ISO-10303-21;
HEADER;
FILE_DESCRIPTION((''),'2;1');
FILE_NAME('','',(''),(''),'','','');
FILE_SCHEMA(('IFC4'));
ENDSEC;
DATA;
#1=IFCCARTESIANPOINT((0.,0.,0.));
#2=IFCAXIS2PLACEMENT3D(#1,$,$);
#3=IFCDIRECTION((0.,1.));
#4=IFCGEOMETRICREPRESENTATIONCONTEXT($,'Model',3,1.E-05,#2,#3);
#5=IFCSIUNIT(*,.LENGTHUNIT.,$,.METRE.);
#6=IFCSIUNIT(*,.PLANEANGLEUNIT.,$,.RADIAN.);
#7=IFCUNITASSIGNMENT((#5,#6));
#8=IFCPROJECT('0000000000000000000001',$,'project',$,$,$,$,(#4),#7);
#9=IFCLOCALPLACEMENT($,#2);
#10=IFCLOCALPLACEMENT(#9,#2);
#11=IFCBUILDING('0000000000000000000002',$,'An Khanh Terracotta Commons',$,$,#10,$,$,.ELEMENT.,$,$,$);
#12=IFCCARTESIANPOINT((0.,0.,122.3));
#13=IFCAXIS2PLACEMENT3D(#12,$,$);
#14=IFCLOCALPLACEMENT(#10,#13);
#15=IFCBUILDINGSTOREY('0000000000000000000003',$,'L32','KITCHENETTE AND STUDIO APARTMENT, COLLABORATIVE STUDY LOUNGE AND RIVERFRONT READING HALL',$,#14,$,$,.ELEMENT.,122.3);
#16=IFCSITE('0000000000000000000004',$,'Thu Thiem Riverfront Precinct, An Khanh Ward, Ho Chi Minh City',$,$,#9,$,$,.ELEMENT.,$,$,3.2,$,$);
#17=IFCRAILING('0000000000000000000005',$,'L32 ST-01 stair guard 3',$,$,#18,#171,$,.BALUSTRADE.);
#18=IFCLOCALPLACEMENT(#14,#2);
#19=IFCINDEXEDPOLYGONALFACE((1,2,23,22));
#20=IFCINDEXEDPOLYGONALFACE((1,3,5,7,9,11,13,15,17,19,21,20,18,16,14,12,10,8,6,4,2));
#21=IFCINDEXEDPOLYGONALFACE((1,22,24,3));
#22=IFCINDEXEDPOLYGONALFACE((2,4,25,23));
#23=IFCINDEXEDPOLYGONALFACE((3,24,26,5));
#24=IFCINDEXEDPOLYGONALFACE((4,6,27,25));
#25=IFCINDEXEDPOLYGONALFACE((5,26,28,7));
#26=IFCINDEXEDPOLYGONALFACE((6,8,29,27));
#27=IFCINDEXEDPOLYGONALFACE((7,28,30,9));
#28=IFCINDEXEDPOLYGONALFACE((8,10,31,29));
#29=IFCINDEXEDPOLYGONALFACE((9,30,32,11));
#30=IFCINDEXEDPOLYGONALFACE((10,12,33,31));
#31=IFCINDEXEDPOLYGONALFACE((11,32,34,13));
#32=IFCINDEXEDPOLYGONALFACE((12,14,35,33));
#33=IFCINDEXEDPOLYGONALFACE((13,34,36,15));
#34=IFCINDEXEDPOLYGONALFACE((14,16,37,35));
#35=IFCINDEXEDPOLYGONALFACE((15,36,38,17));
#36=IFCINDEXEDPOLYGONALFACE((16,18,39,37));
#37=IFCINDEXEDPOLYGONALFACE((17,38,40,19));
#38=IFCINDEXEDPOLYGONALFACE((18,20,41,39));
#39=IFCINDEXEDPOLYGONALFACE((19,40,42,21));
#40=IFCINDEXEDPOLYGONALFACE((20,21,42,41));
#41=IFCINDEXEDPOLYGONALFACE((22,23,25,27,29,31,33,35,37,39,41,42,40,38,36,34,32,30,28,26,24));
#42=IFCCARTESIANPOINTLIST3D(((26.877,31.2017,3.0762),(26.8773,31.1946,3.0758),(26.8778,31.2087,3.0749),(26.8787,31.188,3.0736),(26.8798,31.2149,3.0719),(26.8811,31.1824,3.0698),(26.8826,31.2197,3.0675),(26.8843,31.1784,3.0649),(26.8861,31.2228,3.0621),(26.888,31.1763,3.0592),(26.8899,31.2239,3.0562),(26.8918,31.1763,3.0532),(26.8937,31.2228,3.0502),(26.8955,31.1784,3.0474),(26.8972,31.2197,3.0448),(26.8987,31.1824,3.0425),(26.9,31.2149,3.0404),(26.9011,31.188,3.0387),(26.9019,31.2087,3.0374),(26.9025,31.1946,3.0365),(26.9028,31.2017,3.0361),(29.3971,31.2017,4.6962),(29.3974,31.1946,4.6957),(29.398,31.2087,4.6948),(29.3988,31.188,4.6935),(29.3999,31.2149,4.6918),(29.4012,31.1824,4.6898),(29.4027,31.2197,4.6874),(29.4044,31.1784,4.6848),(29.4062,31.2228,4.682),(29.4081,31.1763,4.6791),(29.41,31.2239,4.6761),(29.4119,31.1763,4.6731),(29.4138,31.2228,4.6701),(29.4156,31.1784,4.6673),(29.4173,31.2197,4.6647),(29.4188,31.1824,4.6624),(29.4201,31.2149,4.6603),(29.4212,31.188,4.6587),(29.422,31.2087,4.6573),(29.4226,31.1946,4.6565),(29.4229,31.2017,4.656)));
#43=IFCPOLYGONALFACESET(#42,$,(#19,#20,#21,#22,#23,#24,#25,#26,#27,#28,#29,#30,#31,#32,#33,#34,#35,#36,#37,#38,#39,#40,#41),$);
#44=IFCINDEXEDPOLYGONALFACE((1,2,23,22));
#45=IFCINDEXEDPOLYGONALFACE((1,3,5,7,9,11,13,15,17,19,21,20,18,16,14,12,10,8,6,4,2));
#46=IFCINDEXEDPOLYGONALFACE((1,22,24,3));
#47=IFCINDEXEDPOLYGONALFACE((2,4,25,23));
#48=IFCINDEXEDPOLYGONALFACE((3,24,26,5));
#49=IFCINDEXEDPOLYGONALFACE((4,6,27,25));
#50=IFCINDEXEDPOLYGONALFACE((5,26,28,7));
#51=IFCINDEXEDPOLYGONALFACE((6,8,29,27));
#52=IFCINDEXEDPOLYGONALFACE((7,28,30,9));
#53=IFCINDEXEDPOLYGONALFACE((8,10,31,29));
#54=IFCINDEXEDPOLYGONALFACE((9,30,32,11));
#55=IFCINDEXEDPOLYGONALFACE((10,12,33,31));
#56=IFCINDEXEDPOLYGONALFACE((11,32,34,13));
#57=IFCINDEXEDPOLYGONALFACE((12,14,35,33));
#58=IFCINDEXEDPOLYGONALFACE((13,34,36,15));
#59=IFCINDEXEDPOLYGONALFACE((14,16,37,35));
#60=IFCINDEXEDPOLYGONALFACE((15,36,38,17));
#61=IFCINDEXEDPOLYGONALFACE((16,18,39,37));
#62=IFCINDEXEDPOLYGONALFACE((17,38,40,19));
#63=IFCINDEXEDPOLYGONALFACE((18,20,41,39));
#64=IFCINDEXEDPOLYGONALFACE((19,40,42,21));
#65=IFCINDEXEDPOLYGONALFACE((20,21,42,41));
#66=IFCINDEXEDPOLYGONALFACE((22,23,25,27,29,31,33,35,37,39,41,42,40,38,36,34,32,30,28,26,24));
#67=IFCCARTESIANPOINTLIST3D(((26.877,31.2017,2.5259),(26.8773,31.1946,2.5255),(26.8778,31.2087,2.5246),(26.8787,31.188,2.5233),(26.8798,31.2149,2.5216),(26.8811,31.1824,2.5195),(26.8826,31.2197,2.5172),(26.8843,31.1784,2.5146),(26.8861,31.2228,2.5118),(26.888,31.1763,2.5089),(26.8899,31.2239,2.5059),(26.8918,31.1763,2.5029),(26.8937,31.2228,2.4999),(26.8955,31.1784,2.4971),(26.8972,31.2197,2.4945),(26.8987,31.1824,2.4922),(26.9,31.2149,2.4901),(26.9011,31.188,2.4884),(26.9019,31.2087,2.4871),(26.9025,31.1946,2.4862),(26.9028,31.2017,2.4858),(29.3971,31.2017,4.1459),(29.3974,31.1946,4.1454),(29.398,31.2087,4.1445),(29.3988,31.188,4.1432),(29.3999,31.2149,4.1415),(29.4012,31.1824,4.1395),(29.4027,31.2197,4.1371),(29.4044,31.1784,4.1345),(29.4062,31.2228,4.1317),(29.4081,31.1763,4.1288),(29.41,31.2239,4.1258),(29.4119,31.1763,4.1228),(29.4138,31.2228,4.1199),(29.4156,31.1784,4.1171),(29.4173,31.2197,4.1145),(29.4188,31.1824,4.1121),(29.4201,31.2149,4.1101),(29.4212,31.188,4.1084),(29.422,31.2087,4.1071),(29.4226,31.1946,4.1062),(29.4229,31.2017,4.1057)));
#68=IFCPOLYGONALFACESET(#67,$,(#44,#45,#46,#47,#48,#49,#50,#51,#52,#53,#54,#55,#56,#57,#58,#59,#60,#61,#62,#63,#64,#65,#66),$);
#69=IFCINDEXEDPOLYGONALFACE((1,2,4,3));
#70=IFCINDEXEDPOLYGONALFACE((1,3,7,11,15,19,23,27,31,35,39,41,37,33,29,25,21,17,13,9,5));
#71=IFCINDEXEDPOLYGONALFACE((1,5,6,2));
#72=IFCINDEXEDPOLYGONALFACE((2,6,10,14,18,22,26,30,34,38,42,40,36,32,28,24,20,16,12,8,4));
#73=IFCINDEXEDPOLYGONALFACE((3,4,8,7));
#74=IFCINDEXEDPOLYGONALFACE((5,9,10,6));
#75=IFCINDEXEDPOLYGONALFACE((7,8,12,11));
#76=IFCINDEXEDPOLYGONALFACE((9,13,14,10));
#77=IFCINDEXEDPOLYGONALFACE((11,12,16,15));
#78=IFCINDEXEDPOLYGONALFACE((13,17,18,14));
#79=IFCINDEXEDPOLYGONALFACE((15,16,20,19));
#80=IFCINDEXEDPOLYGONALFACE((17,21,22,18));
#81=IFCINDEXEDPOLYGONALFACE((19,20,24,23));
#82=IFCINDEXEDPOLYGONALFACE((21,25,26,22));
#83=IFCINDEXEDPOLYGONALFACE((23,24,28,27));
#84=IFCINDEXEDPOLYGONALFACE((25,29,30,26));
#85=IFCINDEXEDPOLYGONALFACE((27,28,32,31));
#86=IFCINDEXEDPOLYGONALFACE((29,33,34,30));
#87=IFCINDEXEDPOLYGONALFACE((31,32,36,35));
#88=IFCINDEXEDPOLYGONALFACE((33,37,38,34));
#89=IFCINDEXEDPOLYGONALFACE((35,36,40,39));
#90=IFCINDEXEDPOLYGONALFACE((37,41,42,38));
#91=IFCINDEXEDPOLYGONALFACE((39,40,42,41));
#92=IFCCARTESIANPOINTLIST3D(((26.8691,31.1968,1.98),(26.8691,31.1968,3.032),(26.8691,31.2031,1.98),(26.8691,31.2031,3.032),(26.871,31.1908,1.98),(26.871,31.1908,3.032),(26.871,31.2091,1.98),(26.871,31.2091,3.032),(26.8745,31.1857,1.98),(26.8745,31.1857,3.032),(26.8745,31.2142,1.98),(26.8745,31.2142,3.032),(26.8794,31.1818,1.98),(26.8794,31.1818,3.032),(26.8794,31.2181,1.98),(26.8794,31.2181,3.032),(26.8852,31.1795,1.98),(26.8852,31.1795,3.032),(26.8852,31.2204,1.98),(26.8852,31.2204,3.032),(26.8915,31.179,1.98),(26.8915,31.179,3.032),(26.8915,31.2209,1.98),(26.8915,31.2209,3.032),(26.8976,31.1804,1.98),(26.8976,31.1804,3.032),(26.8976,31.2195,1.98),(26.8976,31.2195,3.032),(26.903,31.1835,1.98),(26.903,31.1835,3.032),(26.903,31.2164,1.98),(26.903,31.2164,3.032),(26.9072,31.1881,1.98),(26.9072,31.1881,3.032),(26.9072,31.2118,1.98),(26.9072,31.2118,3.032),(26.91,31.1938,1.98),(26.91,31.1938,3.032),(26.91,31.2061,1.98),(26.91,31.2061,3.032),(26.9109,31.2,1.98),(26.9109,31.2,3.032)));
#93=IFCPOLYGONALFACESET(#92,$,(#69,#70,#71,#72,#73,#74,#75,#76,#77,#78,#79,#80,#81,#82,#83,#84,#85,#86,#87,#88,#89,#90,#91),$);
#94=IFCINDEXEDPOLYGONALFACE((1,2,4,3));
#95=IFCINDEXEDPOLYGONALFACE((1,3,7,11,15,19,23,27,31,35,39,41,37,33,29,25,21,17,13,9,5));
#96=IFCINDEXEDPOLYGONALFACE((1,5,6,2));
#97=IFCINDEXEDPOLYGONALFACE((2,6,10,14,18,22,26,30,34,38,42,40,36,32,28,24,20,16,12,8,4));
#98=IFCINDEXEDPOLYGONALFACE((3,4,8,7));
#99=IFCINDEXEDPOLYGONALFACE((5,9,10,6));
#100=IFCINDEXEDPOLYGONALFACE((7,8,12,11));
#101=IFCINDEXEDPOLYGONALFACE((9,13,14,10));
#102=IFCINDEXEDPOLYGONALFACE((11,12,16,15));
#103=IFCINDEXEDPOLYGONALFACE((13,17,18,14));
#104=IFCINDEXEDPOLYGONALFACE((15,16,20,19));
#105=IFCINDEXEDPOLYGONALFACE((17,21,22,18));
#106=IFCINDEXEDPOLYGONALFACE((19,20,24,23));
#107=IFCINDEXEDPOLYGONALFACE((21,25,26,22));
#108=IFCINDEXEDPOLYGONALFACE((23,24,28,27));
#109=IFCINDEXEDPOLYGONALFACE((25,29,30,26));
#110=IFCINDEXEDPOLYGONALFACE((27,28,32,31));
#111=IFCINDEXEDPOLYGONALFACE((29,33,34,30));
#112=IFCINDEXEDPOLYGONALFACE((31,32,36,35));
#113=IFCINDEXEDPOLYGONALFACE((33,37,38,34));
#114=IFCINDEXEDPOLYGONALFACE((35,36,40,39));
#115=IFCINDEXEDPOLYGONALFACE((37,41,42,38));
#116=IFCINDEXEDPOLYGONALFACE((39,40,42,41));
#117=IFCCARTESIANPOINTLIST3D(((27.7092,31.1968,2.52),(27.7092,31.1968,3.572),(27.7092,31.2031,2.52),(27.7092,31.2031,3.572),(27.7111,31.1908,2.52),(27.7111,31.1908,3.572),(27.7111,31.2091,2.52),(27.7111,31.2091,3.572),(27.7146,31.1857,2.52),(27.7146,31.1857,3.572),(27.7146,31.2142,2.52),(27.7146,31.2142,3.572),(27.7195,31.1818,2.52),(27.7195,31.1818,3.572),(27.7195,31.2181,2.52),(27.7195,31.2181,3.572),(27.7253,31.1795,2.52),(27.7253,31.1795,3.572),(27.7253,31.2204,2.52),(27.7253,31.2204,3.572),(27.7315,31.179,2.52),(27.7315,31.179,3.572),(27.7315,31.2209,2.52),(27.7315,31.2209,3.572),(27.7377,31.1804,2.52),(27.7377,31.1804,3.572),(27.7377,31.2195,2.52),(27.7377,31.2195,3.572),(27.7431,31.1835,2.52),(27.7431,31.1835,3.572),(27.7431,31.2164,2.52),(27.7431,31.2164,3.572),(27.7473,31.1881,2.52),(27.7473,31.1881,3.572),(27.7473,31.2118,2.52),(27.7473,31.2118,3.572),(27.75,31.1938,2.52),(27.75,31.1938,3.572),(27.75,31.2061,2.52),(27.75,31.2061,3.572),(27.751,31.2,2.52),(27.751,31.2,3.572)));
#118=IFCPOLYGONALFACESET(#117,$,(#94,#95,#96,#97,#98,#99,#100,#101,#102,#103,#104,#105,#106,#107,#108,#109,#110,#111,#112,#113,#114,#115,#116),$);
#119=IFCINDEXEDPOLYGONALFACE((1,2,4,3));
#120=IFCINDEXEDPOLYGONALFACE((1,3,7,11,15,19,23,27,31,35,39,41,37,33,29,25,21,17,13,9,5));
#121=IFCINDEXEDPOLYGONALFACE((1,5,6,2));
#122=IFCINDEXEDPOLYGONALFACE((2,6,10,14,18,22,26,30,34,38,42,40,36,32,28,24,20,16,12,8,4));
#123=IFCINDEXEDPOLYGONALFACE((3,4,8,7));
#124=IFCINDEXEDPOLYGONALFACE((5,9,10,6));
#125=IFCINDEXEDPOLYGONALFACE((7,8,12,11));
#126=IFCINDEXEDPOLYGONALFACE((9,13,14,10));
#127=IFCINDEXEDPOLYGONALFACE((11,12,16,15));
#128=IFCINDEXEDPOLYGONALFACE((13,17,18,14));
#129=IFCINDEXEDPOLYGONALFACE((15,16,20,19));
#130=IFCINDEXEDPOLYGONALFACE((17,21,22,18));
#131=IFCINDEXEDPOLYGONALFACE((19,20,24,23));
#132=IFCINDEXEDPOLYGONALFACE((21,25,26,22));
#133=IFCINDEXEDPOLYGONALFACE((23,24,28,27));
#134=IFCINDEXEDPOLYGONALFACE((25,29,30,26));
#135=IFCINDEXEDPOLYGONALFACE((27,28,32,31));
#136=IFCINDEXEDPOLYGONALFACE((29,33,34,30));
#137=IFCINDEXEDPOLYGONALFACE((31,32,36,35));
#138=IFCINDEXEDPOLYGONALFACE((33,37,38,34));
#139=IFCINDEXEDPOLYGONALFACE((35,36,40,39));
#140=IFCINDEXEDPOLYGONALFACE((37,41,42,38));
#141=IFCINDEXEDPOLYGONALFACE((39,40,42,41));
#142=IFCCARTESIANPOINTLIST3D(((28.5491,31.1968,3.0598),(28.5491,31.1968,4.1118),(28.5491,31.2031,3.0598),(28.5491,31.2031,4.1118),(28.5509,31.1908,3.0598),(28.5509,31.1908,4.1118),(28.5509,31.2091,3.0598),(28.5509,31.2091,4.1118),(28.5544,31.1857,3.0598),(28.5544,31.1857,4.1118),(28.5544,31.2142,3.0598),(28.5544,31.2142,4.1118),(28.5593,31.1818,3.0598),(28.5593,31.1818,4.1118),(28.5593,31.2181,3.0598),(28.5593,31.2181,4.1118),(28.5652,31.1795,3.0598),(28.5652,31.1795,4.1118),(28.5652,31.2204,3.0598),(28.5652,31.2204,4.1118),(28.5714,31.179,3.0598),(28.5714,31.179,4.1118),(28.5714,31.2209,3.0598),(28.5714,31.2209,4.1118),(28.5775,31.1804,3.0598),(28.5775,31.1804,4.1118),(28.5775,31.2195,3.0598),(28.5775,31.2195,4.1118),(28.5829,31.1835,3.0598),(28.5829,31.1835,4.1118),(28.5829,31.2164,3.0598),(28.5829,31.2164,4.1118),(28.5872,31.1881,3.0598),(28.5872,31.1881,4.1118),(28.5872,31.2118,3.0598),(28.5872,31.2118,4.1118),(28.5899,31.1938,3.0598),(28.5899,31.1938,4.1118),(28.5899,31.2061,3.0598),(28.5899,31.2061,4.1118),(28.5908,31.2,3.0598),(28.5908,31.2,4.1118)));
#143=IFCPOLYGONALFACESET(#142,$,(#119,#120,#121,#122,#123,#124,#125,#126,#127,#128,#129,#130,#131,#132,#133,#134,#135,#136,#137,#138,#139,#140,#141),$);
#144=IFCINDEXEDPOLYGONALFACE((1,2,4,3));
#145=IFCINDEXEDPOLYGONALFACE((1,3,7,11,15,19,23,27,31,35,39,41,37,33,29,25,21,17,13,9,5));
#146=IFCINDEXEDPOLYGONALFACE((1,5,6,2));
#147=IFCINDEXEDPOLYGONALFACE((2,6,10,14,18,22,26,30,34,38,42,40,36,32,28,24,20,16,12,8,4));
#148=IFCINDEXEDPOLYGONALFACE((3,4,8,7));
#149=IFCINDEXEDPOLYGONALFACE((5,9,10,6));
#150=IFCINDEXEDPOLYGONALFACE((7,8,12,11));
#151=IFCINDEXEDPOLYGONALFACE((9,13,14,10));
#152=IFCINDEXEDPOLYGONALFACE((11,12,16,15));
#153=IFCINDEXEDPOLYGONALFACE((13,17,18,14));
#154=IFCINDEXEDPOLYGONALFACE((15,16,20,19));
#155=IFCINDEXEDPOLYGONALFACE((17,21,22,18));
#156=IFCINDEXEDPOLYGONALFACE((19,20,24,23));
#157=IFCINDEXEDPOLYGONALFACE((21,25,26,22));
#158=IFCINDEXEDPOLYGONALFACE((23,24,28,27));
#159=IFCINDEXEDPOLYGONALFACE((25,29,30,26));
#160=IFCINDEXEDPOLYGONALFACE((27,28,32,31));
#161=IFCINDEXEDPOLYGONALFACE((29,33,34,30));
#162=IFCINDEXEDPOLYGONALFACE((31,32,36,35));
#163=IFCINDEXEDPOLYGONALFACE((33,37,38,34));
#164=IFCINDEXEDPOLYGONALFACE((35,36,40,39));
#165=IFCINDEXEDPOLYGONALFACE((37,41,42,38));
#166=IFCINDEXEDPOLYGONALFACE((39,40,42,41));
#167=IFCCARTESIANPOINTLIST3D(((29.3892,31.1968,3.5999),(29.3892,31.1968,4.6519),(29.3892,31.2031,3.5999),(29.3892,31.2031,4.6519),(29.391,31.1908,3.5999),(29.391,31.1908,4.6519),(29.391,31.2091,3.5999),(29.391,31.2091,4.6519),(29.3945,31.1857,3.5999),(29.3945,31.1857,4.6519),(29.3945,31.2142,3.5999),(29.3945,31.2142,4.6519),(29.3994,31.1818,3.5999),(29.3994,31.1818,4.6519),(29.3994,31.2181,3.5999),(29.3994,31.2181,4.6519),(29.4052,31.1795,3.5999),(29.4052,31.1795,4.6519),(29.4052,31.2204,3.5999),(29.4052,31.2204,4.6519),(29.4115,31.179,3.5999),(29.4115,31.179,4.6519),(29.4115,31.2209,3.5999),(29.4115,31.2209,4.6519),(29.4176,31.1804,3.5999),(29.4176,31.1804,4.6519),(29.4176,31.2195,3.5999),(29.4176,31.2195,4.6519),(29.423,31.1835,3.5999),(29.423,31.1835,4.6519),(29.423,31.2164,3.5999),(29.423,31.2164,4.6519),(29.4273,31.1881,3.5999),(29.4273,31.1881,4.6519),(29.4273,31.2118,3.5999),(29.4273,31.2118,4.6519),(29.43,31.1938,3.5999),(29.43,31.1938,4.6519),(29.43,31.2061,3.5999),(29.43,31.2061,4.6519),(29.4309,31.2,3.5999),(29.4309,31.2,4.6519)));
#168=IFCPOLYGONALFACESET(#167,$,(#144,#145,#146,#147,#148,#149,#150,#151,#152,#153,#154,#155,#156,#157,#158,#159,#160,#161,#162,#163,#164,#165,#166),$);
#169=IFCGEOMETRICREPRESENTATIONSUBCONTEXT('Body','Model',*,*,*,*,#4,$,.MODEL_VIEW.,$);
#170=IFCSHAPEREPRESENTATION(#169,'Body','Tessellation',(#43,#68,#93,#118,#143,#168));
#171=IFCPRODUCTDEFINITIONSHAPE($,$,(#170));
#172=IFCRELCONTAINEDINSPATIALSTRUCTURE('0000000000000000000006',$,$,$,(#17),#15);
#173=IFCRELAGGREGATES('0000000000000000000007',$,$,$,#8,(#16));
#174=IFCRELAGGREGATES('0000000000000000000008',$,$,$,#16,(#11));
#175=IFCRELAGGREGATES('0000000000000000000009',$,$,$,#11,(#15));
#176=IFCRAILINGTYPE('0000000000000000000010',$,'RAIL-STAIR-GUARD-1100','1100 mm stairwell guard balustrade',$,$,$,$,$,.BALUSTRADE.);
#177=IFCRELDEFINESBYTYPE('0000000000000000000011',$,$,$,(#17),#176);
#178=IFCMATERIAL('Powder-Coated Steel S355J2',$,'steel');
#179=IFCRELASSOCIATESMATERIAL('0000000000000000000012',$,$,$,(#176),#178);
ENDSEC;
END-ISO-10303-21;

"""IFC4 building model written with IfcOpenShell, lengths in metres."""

from ifc_helpers import new_model, si_unit, direction, frame, origin, origin_2d, place, context, subcontext, project, spatial, circle, extrude, material, type_object, element, save


model = new_model("IFC4")

# Units and contexts
model_context = context("Model", 3, precision=1e-05, world=origin(), true_north=direction((0.0, 1.0)))
body_context = subcontext(model_context, "Body", "Model", "MODEL_VIEW")
ifc_project = project(units=[si_unit("LENGTHUNIT", "METRE"), si_unit("PLANEANGLEUNIT", "RADIAN")], contexts=[model_context])

# Site, building, storey
site_placement = place(None, origin())
site = spatial("IfcSite", under=ifc_project, at=site_placement, Name="Thu Thiem Riverfront Precinct, An Khanh Ward, Ho Chi Minh City", CompositionType="ELEMENT", RefElevation=3.2)
building_placement = place(site_placement, origin())
building = spatial("IfcBuilding", under=site, at=building_placement, Name="An Khanh Terracotta Commons", CompositionType="ELEMENT")
storey_placement = place(building_placement, frame((0.0, 0.0, 122.3)))
storey = spatial("IfcBuildingStorey", under=building, at=storey_placement, Name="L32", Description="KITCHENETTE AND STUDIO APARTMENT, COLLABORATIVE STUDY LOUNGE AND RIVERFRONT READING HALL", CompositionType="ELEMENT", Elevation=122.3)

# Railing
ifc_material_1 = material(Name="Powder-Coated Steel S355J2", Category="steel")
railing_type_1 = type_object("IfcRailingType", Name="RAIL-STAIR-GUARD-1100", Description="1100 mm stairwell guard balustrade", PredefinedType="BALUSTRADE", material=ifc_material_1)
railing_1_placement = place(storey_placement, frame((26.8899, 31.2, 1.98)))
element("IfcRailing", 1, at=railing_1_placement, inside=storey, type_object=railing_type_1, Name="L32 ST-01 stair guard 3", PredefinedType="BALUSTRADE", context=body_context, shape_type="SweptSolid", body=[
    extrude(circle(Radius=0.0239, at=origin_2d()), frame((0.0, 0.0, 1.0762), z_axis=(0.8412, 0.0, 0.540725), x_axis=(0.0, 1.0, 0.0)), (0.0, 0.0, 1.0), 2.9958),
    extrude(circle(Radius=0.0239, at=origin_2d()), frame((0.0, 0.0, 0.5259), z_axis=(0.8412, 0.0, 0.540725), x_axis=(0.0, 1.0, 0.0)), (0.0, 0.0, 1.0), 2.9958),
    extrude(circle(Radius=0.021, at=origin_2d()), origin(), (0.0, 0.0, 1.0), 1.052),
    extrude(circle(Radius=0.021, at=origin_2d()), frame((0.8401, 0.0, 0.54)), (0.0, 0.0, 1.0), 1.052),
    extrude(circle(Radius=0.021, at=origin_2d()), frame((1.6799, 0.0, 1.0798)), (0.0, 0.0, 1.0), 1.052),
    extrude(circle(Radius=0.021, at=origin_2d()), frame((2.52, 0.0, 1.6199)), (0.0, 0.0, 1.0), 1.052),
])

save(model, "model.ifc")
